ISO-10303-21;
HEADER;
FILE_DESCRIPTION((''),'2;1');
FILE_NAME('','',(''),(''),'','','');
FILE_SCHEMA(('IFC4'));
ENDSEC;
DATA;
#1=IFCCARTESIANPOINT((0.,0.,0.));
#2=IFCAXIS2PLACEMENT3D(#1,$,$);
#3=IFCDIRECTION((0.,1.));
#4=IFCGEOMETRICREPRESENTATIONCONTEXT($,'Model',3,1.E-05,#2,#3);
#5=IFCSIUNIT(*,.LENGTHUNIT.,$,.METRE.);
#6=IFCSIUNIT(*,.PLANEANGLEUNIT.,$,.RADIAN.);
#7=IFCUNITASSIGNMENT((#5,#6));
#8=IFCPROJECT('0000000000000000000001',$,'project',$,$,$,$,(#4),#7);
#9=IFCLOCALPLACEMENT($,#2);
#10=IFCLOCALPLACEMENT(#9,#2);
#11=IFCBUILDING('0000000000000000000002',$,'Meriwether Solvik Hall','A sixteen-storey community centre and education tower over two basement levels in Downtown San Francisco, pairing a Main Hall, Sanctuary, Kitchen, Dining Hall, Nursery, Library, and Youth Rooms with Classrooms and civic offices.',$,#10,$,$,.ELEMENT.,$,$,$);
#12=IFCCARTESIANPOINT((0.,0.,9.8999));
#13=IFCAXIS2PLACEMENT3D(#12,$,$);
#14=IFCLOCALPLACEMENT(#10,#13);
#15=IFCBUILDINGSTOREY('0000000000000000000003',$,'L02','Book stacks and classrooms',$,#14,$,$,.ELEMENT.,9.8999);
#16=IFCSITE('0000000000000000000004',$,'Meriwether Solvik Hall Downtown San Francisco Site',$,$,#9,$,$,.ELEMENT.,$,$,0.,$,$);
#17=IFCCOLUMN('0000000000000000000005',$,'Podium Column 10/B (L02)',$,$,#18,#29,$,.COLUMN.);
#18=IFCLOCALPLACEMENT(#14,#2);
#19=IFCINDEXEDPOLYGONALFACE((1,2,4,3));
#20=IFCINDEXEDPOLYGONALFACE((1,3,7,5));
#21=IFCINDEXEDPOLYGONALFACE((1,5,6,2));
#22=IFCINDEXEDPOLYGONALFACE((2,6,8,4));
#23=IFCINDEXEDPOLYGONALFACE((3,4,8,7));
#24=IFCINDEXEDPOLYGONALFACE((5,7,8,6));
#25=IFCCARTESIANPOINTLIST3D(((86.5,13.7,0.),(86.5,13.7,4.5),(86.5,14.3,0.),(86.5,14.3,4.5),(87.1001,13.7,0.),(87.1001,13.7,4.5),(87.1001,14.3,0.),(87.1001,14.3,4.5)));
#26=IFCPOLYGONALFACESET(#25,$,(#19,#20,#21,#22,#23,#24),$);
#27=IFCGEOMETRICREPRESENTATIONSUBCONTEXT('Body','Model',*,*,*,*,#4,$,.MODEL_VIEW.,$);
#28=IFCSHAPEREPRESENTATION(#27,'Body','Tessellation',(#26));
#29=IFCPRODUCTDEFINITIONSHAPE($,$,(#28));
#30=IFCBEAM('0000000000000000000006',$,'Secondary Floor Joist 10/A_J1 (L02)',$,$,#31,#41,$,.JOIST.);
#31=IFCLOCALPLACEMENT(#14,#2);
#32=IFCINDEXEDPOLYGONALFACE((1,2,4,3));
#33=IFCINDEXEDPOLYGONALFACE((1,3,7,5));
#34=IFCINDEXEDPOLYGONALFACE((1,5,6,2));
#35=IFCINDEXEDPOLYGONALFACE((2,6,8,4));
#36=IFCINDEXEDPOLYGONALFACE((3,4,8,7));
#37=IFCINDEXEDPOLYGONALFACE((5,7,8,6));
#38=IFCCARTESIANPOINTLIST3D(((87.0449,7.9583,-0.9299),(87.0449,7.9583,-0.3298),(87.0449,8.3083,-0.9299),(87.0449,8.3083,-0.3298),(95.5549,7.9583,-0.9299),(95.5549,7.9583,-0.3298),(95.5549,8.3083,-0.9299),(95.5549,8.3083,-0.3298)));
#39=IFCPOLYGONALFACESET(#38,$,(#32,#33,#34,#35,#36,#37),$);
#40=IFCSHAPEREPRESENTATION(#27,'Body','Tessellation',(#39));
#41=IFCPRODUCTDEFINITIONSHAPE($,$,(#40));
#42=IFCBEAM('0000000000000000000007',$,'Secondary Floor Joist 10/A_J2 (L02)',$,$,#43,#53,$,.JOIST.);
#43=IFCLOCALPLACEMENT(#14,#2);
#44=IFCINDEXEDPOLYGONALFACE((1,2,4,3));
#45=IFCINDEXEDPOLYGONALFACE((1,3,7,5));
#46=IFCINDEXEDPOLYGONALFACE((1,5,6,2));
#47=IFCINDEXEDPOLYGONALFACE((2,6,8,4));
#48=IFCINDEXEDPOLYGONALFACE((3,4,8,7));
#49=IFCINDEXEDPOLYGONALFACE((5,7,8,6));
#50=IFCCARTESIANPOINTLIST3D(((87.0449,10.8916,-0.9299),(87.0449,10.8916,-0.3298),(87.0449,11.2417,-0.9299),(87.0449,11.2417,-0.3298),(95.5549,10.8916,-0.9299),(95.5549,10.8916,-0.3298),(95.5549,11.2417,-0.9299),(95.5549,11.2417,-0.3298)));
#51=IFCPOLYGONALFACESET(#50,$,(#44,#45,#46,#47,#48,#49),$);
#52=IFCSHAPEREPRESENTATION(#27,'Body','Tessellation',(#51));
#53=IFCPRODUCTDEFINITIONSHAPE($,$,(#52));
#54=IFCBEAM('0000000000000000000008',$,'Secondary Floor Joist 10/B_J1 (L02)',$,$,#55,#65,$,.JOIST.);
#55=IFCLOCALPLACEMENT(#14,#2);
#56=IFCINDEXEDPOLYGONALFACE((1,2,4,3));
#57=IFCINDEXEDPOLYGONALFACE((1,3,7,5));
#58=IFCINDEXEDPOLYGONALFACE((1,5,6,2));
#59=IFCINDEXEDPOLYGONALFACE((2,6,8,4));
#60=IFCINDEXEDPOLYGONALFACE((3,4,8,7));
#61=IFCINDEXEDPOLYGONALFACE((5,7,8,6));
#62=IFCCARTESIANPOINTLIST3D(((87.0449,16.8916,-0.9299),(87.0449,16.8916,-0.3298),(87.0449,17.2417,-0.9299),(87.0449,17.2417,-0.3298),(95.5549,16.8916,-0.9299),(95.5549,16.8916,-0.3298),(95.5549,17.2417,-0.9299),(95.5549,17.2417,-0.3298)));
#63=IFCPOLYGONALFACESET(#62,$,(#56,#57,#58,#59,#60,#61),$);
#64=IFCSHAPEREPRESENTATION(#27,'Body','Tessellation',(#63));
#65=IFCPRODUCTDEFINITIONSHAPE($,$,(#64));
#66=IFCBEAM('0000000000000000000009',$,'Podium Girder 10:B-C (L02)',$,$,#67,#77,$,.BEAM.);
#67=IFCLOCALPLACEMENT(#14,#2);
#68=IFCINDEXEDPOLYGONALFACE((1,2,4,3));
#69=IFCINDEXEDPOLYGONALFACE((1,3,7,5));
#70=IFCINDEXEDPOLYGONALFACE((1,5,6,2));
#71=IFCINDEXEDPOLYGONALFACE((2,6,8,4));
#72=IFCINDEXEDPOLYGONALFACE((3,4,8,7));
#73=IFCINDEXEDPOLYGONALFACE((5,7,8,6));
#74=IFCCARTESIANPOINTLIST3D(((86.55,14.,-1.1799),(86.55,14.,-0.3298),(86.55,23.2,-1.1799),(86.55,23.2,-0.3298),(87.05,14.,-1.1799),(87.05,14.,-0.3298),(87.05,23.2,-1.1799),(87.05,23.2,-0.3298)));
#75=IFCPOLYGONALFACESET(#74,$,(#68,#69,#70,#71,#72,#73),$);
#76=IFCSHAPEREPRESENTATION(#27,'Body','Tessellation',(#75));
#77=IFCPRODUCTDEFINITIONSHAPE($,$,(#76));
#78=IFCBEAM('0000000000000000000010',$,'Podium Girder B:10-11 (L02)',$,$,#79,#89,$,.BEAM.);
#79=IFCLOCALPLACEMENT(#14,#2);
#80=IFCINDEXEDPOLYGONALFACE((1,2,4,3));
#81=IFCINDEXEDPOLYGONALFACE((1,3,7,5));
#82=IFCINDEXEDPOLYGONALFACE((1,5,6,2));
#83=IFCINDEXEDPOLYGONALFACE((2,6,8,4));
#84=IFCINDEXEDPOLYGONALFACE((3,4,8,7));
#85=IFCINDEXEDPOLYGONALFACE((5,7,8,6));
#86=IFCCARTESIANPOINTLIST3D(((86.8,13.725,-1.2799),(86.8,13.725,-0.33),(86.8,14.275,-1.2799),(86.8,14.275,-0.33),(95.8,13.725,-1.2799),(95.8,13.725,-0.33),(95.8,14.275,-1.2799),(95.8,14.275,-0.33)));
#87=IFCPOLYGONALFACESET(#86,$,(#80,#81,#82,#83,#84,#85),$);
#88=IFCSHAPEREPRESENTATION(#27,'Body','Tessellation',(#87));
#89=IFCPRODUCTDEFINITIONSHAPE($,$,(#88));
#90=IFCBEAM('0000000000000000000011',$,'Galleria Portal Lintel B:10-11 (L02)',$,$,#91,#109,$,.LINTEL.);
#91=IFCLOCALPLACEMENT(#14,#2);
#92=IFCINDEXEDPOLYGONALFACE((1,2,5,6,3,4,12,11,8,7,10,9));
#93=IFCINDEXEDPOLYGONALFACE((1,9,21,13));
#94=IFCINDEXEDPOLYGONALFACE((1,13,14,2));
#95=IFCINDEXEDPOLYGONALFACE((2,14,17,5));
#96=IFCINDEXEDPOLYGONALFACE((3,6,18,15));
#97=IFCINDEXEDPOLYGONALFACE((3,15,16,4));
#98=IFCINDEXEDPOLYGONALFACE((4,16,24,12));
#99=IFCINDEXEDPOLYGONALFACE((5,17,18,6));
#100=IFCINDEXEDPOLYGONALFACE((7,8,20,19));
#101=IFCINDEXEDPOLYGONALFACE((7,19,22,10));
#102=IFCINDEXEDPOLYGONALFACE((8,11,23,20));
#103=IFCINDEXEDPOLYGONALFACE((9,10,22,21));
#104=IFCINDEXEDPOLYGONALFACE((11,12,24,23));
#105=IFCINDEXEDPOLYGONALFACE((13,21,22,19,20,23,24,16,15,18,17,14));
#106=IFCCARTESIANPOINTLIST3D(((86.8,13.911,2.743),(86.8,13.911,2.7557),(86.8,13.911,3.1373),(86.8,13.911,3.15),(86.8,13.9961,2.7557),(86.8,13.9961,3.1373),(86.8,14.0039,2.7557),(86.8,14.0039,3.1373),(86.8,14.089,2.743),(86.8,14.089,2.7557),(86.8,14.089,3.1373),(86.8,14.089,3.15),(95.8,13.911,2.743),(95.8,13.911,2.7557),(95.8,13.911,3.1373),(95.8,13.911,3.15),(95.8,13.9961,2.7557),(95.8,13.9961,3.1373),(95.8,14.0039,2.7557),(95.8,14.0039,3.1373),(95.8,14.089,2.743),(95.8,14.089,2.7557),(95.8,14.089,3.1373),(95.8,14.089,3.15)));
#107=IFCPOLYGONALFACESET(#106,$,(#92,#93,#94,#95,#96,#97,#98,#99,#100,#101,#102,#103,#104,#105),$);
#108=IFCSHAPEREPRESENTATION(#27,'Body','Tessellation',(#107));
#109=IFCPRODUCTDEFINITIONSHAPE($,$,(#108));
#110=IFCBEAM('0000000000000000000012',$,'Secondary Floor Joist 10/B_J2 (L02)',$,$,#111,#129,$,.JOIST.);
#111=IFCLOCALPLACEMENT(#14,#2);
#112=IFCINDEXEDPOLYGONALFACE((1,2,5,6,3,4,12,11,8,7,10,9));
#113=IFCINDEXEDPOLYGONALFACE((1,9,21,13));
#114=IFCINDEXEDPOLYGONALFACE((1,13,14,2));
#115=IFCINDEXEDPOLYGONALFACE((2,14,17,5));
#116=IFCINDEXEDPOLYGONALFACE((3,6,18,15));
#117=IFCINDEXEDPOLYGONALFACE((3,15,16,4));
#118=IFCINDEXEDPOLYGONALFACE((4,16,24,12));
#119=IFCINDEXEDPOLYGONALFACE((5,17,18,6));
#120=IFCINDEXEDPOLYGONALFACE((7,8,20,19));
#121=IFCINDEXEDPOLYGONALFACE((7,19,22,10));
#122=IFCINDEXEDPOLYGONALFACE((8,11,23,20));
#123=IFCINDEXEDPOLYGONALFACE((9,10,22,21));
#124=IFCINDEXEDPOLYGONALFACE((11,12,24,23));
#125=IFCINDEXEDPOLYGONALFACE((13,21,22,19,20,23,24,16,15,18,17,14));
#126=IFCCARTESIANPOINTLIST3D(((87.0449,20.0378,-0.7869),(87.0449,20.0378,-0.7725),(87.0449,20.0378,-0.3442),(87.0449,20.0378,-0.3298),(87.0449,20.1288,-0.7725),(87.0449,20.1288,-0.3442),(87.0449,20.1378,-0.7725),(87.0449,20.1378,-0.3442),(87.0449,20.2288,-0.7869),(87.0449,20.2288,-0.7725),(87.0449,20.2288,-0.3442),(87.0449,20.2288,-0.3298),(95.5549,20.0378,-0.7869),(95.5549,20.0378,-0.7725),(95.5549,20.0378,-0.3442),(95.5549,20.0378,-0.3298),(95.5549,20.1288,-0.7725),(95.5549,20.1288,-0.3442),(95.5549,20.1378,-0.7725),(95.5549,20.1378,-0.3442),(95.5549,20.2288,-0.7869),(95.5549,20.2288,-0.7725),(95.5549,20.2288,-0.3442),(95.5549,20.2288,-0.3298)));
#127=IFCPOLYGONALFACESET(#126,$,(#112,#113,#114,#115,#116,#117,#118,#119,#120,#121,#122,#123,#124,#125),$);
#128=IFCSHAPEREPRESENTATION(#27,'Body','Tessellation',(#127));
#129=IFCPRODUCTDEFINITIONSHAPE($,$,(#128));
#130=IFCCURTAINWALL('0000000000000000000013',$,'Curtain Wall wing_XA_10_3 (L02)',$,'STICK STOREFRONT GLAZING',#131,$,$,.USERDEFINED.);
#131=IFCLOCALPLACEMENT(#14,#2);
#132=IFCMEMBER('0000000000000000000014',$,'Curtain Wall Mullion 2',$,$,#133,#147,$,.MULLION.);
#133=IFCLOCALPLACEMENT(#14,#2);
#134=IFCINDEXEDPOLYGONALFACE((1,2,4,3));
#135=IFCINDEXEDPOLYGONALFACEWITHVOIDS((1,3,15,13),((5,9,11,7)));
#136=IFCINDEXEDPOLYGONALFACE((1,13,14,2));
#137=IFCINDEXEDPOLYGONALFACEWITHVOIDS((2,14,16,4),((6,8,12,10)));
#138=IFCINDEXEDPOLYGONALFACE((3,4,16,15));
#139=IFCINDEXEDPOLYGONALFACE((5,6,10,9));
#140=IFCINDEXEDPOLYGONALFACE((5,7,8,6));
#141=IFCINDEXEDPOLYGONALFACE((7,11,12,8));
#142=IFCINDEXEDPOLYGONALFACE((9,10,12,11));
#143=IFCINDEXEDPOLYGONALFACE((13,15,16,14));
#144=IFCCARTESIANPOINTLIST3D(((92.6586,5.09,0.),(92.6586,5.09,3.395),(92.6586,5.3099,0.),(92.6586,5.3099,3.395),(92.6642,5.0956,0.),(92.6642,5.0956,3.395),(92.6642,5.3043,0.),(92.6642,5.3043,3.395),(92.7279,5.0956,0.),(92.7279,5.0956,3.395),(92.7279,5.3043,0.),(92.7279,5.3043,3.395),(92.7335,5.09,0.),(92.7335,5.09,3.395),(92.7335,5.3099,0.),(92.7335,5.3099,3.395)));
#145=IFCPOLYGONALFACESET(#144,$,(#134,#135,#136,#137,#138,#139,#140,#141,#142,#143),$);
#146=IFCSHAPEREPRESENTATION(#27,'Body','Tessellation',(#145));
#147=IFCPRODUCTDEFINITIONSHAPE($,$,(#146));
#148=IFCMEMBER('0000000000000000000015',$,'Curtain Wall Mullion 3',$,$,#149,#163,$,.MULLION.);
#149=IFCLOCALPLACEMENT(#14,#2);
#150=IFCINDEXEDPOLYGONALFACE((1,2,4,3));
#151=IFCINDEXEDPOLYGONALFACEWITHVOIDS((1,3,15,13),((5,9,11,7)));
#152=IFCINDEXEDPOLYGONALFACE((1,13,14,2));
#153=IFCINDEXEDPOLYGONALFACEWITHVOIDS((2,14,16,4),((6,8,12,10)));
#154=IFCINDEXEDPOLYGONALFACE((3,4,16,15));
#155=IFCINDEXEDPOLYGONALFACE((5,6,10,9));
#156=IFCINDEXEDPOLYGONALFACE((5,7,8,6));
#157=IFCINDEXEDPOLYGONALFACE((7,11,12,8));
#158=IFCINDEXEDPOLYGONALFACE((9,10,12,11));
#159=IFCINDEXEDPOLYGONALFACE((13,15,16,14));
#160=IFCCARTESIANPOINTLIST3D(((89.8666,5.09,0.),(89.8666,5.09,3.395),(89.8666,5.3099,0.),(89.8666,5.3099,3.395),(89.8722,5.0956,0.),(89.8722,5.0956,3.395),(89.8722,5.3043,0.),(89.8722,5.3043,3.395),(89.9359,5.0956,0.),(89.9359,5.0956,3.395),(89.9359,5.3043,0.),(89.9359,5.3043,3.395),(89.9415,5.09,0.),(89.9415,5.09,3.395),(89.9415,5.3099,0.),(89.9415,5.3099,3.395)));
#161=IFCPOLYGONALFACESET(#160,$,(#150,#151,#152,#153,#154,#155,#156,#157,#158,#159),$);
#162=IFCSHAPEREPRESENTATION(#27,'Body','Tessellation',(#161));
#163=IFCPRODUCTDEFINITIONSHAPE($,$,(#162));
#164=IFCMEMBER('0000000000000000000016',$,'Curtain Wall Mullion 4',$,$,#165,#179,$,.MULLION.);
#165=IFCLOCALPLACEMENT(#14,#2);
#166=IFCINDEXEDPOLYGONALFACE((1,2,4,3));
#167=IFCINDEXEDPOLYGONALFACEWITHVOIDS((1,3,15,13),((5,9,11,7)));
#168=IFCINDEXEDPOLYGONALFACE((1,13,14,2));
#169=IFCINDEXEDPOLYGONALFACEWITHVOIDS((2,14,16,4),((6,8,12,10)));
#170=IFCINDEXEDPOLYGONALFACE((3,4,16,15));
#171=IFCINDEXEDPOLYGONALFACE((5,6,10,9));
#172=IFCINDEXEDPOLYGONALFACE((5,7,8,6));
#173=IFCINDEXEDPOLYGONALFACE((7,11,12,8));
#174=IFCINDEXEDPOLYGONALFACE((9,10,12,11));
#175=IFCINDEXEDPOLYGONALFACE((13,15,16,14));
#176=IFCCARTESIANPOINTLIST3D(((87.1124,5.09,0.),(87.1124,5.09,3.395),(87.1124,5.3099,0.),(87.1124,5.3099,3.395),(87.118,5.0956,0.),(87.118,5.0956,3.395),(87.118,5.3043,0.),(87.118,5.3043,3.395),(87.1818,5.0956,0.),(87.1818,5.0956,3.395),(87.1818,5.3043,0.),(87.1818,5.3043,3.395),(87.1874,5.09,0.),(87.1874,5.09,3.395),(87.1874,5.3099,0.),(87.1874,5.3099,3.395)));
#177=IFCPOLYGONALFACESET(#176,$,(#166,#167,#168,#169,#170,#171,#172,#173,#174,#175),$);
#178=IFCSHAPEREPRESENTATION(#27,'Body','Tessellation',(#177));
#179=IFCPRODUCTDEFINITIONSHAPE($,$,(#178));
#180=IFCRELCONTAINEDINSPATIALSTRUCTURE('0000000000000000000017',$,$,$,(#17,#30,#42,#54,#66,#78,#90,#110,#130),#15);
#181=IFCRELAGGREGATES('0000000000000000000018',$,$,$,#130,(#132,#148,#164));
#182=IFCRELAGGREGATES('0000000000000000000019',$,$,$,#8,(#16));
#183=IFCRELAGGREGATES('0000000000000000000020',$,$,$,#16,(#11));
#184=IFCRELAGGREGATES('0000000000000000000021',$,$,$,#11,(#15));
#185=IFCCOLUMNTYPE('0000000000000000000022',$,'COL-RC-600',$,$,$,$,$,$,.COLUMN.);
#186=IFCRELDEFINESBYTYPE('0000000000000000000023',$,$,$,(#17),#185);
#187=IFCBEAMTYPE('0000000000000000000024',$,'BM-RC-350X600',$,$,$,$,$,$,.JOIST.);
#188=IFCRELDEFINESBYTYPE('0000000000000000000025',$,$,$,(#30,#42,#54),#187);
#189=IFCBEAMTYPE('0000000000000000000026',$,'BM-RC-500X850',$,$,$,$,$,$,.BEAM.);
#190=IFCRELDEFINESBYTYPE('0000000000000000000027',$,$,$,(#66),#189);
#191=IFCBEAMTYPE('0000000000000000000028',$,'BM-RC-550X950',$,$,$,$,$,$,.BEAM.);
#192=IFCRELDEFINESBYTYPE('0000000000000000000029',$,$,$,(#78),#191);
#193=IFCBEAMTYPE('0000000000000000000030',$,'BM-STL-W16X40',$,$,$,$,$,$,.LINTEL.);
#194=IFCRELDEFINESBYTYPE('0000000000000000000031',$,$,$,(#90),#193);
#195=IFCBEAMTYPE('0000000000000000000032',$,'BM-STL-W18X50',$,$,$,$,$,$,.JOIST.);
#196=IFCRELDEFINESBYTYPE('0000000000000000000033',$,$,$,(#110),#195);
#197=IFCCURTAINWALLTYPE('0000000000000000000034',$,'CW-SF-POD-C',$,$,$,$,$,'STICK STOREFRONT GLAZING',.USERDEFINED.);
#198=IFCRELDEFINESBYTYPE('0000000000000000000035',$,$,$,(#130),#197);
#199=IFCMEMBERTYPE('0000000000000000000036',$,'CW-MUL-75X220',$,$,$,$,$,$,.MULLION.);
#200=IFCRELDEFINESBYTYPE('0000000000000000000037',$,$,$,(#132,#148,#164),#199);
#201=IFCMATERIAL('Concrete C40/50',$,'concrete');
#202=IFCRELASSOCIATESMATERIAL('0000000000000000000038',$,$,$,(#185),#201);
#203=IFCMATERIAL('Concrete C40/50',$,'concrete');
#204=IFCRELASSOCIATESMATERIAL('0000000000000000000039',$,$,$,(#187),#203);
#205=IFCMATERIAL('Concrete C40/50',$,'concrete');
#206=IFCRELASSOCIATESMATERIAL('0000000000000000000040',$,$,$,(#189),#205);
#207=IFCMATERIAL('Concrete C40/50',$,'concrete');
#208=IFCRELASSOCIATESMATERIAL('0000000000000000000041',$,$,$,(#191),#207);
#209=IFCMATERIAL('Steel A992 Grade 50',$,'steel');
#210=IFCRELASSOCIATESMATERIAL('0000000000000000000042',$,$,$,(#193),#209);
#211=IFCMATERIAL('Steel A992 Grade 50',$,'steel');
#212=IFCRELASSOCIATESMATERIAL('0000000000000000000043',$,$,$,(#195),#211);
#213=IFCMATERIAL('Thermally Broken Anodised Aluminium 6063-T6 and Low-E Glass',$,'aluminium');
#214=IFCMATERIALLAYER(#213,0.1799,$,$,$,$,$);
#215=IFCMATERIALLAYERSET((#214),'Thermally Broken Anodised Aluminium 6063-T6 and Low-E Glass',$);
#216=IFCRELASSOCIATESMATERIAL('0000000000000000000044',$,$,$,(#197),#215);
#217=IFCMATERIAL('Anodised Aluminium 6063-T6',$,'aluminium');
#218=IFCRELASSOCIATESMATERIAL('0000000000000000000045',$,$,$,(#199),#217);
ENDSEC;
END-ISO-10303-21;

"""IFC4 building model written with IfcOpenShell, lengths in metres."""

from ifc_helpers import new_model, si_unit, direction, frame, origin, origin_2d, place, context, subcontext, project, spatial, rectangle, hollow_rectangle, i_section, extrude, material, layer, layer_set, material_profile, profile_set, type_object, element, aggregate, save


model = new_model("IFC4")

# Units and contexts
model_context = context("Model", 3, precision=1e-05, world=origin(), true_north=direction((0.0, 1.0)))
body_context = subcontext(model_context, "Body", "Model", "MODEL_VIEW")
ifc_project = project(units=[si_unit("LENGTHUNIT", "METRE"), si_unit("PLANEANGLEUNIT", "RADIAN")], contexts=[model_context])

# Site, building, storey
site_placement = place(None, origin())
site = spatial("IfcSite", under=ifc_project, at=site_placement, Name="Meriwether Solvik Hall Downtown San Francisco Site", CompositionType="ELEMENT", RefElevation=0.0)
building_placement = place(site_placement, origin())
building = spatial("IfcBuilding", under=site, at=building_placement, Name="Meriwether Solvik Hall", Description="A sixteen-storey community centre and education tower over two basement levels in Downtown San Francisco, pairing a Main Hall, Sanctuary, Kitchen, Dining Hall, Nursery, Library, and Youth Rooms with Classrooms and civic offices.", CompositionType="ELEMENT")
storey_placement = place(building_placement, frame((0.0, 0.0, 9.8999)))
storey = spatial("IfcBuildingStorey", under=building, at=storey_placement, Name="L02", Description="Book stacks and classrooms", CompositionType="ELEMENT", Elevation=9.8999)

# Column
ifc_material_1 = material(Name="Concrete C40/50", Category="concrete")
ifc_material_profile_1 = material_profile(ifc_material_1, rectangle(XDim=0.6001, YDim=0.6001, at=origin_2d()), Name="RCC-600X600")
ifc_profile_set_1 = profile_set([ifc_material_profile_1], Name="Concrete C40/50")
column_type = type_object("IfcColumnType", Name="COL-RC-600", PredefinedType="COLUMN", material=ifc_profile_set_1)
column_placement = place(storey_placement, frame((86.8, 14.0, 0.0), z_axis=(0.0, 0.0, 1.0), x_axis=(1.0, 0.0, 0.0)))
element("IfcColumn", 1, at=column_placement, inside=storey, type_object=column_type, Name="Podium Column 10/B (L02)", PredefinedType="COLUMN", context=body_context, shape_type="SweptSolid", body=[
    extrude(rectangle(XDim=0.6001, YDim=0.6001, at=origin_2d()), origin(), (0.0, 0.0, 1.0), 4.5),
])

# Beams
ifc_material_2 = material(Name="Concrete C40/50", Category="concrete")
ifc_material_profile_2 = material_profile(ifc_material_2, rectangle(XDim=0.3501, YDim=0.6001, at=origin_2d()), Name="RCB-350X600")
ifc_profile_set_2 = profile_set([ifc_material_profile_2], Name="Concrete C40/50")
beam_type_1 = type_object("IfcBeamType", Name="BM-RC-350X600", PredefinedType="JOIST", material=ifc_profile_set_2)
for number, where, z_axis, x_axis, name in (
    (2, (87.0449, 8.1333, -0.6299), (1.0, 0.0, 0.0), (0.0, 1.0, 0.0), "Secondary Floor Joist 10/A_J1 (L02)"),
    (3, (87.0449, 11.0667, -0.6299), (1.0, 0.0, 0.0), (0.0, 1.0, 0.0), "Secondary Floor Joist 10/A_J2 (L02)"),
    (4, (87.0449, 17.0667, -0.6299), (1.0, 0.0, 0.0), (0.0, 1.0, 0.0), "Secondary Floor Joist 10/B_J1 (L02)"),
):
    element("IfcBeam", number, at=place(storey_placement, frame(where, z_axis=z_axis, x_axis=x_axis)), inside=storey, type_object=beam_type_1, Name=name, PredefinedType="JOIST", context=body_context, shape_type="SweptSolid", body=[
        extrude(rectangle(XDim=0.3501, YDim=0.6001, at=origin_2d()), origin(), (0.0, 0.0, 1.0), 8.51),
    ])
ifc_material_3 = material(Name="Concrete C40/50", Category="concrete")
ifc_material_profile_3 = material_profile(ifc_material_3, rectangle(XDim=0.5, YDim=0.8501, at=origin_2d()), Name="RCB-500X850")
ifc_profile_set_3 = profile_set([ifc_material_profile_3], Name="Concrete C40/50")
beam_type_2 = type_object("IfcBeamType", Name="BM-RC-500X850", PredefinedType="BEAM", material=ifc_profile_set_3)
beam_1_placement = place(storey_placement, frame((86.8, 14.0, -0.7549), z_axis=(0.0, 1.0, 0.0), x_axis=(-1.0, 0.0, 0.0)))
element("IfcBeam", 5, at=beam_1_placement, inside=storey, type_object=beam_type_2, Name="Podium Girder 10:B-C (L02)", PredefinedType="BEAM", context=body_context, shape_type="SweptSolid", body=[
    extrude(rectangle(XDim=0.5, YDim=0.8501, at=origin_2d()), origin(), (0.0, 0.0, 1.0), 9.2),
])
ifc_material_4 = material(Name="Concrete C40/50", Category="concrete")
ifc_material_profile_4 = material_profile(ifc_material_4, rectangle(XDim=0.55, YDim=0.95, at=origin_2d()), Name="RCB-550X950")
ifc_profile_set_4 = profile_set([ifc_material_profile_4], Name="Concrete C40/50")
beam_type_3 = type_object("IfcBeamType", Name="BM-RC-550X950", PredefinedType="BEAM", material=ifc_profile_set_4)
beam_2_placement = place(storey_placement, frame((86.8, 14.0, -0.8049), z_axis=(1.0, 0.0, 0.0), x_axis=(0.0, 1.0, 0.0)))
element("IfcBeam", 6, at=beam_2_placement, inside=storey, type_object=beam_type_3, Name="Podium Girder B:10-11 (L02)", PredefinedType="BEAM", context=body_context, shape_type="SweptSolid", body=[
    extrude(rectangle(XDim=0.55, YDim=0.95, at=origin_2d()), origin(), (0.0, 0.0, 1.0), 9.0),
])
ifc_material_5 = material(Name="Steel A992 Grade 50", Category="steel")
ifc_material_profile_5 = material_profile(ifc_material_5, i_section(OverallWidth=0.178, OverallDepth=0.407, WebThickness=0.0078, FlangeThickness=0.0127, at=origin_2d()), Name="W16X40")
ifc_profile_set_5 = profile_set([ifc_material_profile_5], Name="Steel A992 Grade 50")
beam_type_4 = type_object("IfcBeamType", Name="BM-STL-W16X40", PredefinedType="LINTEL", material=ifc_profile_set_5)
beam_3_placement = place(storey_placement, frame((86.8, 14.0, 2.9465), z_axis=(1.0, 0.0, 0.0), x_axis=(0.0, 1.0, 0.0)))
element("IfcBeam", 7, at=beam_3_placement, inside=storey, type_object=beam_type_4, Name="Galleria Portal Lintel B:10-11 (L02)", PredefinedType="LINTEL", context=body_context, shape_type="SweptSolid", body=[
    extrude(i_section(OverallWidth=0.178, OverallDepth=0.407, WebThickness=0.0078, FlangeThickness=0.0127, at=origin_2d()), origin(), (0.0, 0.0, 1.0), 9.0),
])
ifc_material_6 = material(Name="Steel A992 Grade 50", Category="steel")
ifc_material_profile_6 = material_profile(ifc_material_6, i_section(OverallWidth=0.1909, OverallDepth=0.457, WebThickness=0.009, FlangeThickness=0.0144, at=origin_2d()), Name="W18X50")
ifc_profile_set_6 = profile_set([ifc_material_profile_6], Name="Steel A992 Grade 50")
beam_type_5 = type_object("IfcBeamType", Name="BM-STL-W18X50", PredefinedType="JOIST", material=ifc_profile_set_6)
beam_4_placement = place(storey_placement, frame((87.0449, 20.1333, -0.5583), z_axis=(1.0, 0.0, 0.0), x_axis=(0.0, 1.0, 0.0)))
element("IfcBeam", 8, at=beam_4_placement, inside=storey, type_object=beam_type_5, Name="Secondary Floor Joist 10/B_J2 (L02)", PredefinedType="JOIST", context=body_context, shape_type="SweptSolid", body=[
    extrude(i_section(OverallWidth=0.1909, OverallDepth=0.457, WebThickness=0.009, FlangeThickness=0.0144, at=origin_2d()), origin(), (0.0, 0.0, 1.0), 8.51),
])

# Curtain wall, members
ifc_material_7 = material(Name="Thermally Broken Anodised Aluminium 6063-T6 and Low-E Glass", Category="aluminium")
ifc_layer_1 = layer(ifc_material_7, 0.1799)
ifc_layer_set_1 = layer_set([ifc_layer_1], Name="Thermally Broken Anodised Aluminium 6063-T6 and Low-E Glass")
curtain_wall_type = type_object("IfcCurtainWallType", Name="CW-SF-POD-C", ElementType="STICK STOREFRONT GLAZING", PredefinedType="USERDEFINED", material=ifc_layer_set_1)
curtain_wall_placement = place(storey_placement, origin())
curtain_wall = element("IfcCurtainWall", 9, at=curtain_wall_placement, inside=storey, type_object=curtain_wall_type, Name="Curtain Wall wing_XA_10_3 (L02)", ObjectType="STICK STOREFRONT GLAZING", PredefinedType="USERDEFINED")
ifc_material_8 = material(Name="Anodised Aluminium 6063-T6", Category="aluminium")
ifc_material_profile_7 = material_profile(ifc_material_8, hollow_rectangle(XDim=0.075, YDim=0.22, WallThickness=0.0056, at=origin_2d()), Name="CWM-75X220")
ifc_profile_set_7 = profile_set([ifc_material_profile_7], Name="Anodised Aluminium 6063-T6")
member_type_1 = type_object("IfcMemberType", Name="CW-MUL-75X220", PredefinedType="MULLION", material=ifc_profile_set_7)
member_1_placement = place(storey_placement, frame((92.696, 5.2, 0.0), z_axis=(0.0, 0.0, 1.0), x_axis=(-1.0, 0.0, 0.0)))
member_1 = element("IfcMember", 10, at=member_1_placement, type_object=member_type_1, Name="Curtain Wall Mullion 2", PredefinedType="MULLION", context=body_context, shape_type="SweptSolid", body=[
    extrude(hollow_rectangle(XDim=0.075, YDim=0.22, WallThickness=0.0056, at=origin_2d()), origin(), (0.0, 0.0, 1.0), 3.395),
])
member_2_placement = place(storey_placement, frame((89.9041, 5.2, 0.0), z_axis=(0.0, 0.0, 1.0), x_axis=(-1.0, 0.0, 0.0)))
member_2 = element("IfcMember", 11, at=member_2_placement, type_object=member_type_1, Name="Curtain Wall Mullion 3", PredefinedType="MULLION", context=body_context, shape_type="SweptSolid", body=[
    extrude(hollow_rectangle(XDim=0.075, YDim=0.22, WallThickness=0.0056, at=origin_2d()), origin(), (0.0, 0.0, 1.0), 3.395),
])
member_3_placement = place(storey_placement, frame((87.1499, 5.2, 0.0), z_axis=(0.0, 0.0, 1.0), x_axis=(-1.0, 0.0, 0.0)))
member_3 = element("IfcMember", 12, at=member_3_placement, type_object=member_type_1, Name="Curtain Wall Mullion 4", PredefinedType="MULLION", context=body_context, shape_type="SweptSolid", body=[
    extrude(hollow_rectangle(XDim=0.075, YDim=0.22, WallThickness=0.0056, at=origin_2d()), origin(), (0.0, 0.0, 1.0), 3.395),
])
aggregate(curtain_wall, [member_1, member_2, member_3])

save(model, "model.ifc")
